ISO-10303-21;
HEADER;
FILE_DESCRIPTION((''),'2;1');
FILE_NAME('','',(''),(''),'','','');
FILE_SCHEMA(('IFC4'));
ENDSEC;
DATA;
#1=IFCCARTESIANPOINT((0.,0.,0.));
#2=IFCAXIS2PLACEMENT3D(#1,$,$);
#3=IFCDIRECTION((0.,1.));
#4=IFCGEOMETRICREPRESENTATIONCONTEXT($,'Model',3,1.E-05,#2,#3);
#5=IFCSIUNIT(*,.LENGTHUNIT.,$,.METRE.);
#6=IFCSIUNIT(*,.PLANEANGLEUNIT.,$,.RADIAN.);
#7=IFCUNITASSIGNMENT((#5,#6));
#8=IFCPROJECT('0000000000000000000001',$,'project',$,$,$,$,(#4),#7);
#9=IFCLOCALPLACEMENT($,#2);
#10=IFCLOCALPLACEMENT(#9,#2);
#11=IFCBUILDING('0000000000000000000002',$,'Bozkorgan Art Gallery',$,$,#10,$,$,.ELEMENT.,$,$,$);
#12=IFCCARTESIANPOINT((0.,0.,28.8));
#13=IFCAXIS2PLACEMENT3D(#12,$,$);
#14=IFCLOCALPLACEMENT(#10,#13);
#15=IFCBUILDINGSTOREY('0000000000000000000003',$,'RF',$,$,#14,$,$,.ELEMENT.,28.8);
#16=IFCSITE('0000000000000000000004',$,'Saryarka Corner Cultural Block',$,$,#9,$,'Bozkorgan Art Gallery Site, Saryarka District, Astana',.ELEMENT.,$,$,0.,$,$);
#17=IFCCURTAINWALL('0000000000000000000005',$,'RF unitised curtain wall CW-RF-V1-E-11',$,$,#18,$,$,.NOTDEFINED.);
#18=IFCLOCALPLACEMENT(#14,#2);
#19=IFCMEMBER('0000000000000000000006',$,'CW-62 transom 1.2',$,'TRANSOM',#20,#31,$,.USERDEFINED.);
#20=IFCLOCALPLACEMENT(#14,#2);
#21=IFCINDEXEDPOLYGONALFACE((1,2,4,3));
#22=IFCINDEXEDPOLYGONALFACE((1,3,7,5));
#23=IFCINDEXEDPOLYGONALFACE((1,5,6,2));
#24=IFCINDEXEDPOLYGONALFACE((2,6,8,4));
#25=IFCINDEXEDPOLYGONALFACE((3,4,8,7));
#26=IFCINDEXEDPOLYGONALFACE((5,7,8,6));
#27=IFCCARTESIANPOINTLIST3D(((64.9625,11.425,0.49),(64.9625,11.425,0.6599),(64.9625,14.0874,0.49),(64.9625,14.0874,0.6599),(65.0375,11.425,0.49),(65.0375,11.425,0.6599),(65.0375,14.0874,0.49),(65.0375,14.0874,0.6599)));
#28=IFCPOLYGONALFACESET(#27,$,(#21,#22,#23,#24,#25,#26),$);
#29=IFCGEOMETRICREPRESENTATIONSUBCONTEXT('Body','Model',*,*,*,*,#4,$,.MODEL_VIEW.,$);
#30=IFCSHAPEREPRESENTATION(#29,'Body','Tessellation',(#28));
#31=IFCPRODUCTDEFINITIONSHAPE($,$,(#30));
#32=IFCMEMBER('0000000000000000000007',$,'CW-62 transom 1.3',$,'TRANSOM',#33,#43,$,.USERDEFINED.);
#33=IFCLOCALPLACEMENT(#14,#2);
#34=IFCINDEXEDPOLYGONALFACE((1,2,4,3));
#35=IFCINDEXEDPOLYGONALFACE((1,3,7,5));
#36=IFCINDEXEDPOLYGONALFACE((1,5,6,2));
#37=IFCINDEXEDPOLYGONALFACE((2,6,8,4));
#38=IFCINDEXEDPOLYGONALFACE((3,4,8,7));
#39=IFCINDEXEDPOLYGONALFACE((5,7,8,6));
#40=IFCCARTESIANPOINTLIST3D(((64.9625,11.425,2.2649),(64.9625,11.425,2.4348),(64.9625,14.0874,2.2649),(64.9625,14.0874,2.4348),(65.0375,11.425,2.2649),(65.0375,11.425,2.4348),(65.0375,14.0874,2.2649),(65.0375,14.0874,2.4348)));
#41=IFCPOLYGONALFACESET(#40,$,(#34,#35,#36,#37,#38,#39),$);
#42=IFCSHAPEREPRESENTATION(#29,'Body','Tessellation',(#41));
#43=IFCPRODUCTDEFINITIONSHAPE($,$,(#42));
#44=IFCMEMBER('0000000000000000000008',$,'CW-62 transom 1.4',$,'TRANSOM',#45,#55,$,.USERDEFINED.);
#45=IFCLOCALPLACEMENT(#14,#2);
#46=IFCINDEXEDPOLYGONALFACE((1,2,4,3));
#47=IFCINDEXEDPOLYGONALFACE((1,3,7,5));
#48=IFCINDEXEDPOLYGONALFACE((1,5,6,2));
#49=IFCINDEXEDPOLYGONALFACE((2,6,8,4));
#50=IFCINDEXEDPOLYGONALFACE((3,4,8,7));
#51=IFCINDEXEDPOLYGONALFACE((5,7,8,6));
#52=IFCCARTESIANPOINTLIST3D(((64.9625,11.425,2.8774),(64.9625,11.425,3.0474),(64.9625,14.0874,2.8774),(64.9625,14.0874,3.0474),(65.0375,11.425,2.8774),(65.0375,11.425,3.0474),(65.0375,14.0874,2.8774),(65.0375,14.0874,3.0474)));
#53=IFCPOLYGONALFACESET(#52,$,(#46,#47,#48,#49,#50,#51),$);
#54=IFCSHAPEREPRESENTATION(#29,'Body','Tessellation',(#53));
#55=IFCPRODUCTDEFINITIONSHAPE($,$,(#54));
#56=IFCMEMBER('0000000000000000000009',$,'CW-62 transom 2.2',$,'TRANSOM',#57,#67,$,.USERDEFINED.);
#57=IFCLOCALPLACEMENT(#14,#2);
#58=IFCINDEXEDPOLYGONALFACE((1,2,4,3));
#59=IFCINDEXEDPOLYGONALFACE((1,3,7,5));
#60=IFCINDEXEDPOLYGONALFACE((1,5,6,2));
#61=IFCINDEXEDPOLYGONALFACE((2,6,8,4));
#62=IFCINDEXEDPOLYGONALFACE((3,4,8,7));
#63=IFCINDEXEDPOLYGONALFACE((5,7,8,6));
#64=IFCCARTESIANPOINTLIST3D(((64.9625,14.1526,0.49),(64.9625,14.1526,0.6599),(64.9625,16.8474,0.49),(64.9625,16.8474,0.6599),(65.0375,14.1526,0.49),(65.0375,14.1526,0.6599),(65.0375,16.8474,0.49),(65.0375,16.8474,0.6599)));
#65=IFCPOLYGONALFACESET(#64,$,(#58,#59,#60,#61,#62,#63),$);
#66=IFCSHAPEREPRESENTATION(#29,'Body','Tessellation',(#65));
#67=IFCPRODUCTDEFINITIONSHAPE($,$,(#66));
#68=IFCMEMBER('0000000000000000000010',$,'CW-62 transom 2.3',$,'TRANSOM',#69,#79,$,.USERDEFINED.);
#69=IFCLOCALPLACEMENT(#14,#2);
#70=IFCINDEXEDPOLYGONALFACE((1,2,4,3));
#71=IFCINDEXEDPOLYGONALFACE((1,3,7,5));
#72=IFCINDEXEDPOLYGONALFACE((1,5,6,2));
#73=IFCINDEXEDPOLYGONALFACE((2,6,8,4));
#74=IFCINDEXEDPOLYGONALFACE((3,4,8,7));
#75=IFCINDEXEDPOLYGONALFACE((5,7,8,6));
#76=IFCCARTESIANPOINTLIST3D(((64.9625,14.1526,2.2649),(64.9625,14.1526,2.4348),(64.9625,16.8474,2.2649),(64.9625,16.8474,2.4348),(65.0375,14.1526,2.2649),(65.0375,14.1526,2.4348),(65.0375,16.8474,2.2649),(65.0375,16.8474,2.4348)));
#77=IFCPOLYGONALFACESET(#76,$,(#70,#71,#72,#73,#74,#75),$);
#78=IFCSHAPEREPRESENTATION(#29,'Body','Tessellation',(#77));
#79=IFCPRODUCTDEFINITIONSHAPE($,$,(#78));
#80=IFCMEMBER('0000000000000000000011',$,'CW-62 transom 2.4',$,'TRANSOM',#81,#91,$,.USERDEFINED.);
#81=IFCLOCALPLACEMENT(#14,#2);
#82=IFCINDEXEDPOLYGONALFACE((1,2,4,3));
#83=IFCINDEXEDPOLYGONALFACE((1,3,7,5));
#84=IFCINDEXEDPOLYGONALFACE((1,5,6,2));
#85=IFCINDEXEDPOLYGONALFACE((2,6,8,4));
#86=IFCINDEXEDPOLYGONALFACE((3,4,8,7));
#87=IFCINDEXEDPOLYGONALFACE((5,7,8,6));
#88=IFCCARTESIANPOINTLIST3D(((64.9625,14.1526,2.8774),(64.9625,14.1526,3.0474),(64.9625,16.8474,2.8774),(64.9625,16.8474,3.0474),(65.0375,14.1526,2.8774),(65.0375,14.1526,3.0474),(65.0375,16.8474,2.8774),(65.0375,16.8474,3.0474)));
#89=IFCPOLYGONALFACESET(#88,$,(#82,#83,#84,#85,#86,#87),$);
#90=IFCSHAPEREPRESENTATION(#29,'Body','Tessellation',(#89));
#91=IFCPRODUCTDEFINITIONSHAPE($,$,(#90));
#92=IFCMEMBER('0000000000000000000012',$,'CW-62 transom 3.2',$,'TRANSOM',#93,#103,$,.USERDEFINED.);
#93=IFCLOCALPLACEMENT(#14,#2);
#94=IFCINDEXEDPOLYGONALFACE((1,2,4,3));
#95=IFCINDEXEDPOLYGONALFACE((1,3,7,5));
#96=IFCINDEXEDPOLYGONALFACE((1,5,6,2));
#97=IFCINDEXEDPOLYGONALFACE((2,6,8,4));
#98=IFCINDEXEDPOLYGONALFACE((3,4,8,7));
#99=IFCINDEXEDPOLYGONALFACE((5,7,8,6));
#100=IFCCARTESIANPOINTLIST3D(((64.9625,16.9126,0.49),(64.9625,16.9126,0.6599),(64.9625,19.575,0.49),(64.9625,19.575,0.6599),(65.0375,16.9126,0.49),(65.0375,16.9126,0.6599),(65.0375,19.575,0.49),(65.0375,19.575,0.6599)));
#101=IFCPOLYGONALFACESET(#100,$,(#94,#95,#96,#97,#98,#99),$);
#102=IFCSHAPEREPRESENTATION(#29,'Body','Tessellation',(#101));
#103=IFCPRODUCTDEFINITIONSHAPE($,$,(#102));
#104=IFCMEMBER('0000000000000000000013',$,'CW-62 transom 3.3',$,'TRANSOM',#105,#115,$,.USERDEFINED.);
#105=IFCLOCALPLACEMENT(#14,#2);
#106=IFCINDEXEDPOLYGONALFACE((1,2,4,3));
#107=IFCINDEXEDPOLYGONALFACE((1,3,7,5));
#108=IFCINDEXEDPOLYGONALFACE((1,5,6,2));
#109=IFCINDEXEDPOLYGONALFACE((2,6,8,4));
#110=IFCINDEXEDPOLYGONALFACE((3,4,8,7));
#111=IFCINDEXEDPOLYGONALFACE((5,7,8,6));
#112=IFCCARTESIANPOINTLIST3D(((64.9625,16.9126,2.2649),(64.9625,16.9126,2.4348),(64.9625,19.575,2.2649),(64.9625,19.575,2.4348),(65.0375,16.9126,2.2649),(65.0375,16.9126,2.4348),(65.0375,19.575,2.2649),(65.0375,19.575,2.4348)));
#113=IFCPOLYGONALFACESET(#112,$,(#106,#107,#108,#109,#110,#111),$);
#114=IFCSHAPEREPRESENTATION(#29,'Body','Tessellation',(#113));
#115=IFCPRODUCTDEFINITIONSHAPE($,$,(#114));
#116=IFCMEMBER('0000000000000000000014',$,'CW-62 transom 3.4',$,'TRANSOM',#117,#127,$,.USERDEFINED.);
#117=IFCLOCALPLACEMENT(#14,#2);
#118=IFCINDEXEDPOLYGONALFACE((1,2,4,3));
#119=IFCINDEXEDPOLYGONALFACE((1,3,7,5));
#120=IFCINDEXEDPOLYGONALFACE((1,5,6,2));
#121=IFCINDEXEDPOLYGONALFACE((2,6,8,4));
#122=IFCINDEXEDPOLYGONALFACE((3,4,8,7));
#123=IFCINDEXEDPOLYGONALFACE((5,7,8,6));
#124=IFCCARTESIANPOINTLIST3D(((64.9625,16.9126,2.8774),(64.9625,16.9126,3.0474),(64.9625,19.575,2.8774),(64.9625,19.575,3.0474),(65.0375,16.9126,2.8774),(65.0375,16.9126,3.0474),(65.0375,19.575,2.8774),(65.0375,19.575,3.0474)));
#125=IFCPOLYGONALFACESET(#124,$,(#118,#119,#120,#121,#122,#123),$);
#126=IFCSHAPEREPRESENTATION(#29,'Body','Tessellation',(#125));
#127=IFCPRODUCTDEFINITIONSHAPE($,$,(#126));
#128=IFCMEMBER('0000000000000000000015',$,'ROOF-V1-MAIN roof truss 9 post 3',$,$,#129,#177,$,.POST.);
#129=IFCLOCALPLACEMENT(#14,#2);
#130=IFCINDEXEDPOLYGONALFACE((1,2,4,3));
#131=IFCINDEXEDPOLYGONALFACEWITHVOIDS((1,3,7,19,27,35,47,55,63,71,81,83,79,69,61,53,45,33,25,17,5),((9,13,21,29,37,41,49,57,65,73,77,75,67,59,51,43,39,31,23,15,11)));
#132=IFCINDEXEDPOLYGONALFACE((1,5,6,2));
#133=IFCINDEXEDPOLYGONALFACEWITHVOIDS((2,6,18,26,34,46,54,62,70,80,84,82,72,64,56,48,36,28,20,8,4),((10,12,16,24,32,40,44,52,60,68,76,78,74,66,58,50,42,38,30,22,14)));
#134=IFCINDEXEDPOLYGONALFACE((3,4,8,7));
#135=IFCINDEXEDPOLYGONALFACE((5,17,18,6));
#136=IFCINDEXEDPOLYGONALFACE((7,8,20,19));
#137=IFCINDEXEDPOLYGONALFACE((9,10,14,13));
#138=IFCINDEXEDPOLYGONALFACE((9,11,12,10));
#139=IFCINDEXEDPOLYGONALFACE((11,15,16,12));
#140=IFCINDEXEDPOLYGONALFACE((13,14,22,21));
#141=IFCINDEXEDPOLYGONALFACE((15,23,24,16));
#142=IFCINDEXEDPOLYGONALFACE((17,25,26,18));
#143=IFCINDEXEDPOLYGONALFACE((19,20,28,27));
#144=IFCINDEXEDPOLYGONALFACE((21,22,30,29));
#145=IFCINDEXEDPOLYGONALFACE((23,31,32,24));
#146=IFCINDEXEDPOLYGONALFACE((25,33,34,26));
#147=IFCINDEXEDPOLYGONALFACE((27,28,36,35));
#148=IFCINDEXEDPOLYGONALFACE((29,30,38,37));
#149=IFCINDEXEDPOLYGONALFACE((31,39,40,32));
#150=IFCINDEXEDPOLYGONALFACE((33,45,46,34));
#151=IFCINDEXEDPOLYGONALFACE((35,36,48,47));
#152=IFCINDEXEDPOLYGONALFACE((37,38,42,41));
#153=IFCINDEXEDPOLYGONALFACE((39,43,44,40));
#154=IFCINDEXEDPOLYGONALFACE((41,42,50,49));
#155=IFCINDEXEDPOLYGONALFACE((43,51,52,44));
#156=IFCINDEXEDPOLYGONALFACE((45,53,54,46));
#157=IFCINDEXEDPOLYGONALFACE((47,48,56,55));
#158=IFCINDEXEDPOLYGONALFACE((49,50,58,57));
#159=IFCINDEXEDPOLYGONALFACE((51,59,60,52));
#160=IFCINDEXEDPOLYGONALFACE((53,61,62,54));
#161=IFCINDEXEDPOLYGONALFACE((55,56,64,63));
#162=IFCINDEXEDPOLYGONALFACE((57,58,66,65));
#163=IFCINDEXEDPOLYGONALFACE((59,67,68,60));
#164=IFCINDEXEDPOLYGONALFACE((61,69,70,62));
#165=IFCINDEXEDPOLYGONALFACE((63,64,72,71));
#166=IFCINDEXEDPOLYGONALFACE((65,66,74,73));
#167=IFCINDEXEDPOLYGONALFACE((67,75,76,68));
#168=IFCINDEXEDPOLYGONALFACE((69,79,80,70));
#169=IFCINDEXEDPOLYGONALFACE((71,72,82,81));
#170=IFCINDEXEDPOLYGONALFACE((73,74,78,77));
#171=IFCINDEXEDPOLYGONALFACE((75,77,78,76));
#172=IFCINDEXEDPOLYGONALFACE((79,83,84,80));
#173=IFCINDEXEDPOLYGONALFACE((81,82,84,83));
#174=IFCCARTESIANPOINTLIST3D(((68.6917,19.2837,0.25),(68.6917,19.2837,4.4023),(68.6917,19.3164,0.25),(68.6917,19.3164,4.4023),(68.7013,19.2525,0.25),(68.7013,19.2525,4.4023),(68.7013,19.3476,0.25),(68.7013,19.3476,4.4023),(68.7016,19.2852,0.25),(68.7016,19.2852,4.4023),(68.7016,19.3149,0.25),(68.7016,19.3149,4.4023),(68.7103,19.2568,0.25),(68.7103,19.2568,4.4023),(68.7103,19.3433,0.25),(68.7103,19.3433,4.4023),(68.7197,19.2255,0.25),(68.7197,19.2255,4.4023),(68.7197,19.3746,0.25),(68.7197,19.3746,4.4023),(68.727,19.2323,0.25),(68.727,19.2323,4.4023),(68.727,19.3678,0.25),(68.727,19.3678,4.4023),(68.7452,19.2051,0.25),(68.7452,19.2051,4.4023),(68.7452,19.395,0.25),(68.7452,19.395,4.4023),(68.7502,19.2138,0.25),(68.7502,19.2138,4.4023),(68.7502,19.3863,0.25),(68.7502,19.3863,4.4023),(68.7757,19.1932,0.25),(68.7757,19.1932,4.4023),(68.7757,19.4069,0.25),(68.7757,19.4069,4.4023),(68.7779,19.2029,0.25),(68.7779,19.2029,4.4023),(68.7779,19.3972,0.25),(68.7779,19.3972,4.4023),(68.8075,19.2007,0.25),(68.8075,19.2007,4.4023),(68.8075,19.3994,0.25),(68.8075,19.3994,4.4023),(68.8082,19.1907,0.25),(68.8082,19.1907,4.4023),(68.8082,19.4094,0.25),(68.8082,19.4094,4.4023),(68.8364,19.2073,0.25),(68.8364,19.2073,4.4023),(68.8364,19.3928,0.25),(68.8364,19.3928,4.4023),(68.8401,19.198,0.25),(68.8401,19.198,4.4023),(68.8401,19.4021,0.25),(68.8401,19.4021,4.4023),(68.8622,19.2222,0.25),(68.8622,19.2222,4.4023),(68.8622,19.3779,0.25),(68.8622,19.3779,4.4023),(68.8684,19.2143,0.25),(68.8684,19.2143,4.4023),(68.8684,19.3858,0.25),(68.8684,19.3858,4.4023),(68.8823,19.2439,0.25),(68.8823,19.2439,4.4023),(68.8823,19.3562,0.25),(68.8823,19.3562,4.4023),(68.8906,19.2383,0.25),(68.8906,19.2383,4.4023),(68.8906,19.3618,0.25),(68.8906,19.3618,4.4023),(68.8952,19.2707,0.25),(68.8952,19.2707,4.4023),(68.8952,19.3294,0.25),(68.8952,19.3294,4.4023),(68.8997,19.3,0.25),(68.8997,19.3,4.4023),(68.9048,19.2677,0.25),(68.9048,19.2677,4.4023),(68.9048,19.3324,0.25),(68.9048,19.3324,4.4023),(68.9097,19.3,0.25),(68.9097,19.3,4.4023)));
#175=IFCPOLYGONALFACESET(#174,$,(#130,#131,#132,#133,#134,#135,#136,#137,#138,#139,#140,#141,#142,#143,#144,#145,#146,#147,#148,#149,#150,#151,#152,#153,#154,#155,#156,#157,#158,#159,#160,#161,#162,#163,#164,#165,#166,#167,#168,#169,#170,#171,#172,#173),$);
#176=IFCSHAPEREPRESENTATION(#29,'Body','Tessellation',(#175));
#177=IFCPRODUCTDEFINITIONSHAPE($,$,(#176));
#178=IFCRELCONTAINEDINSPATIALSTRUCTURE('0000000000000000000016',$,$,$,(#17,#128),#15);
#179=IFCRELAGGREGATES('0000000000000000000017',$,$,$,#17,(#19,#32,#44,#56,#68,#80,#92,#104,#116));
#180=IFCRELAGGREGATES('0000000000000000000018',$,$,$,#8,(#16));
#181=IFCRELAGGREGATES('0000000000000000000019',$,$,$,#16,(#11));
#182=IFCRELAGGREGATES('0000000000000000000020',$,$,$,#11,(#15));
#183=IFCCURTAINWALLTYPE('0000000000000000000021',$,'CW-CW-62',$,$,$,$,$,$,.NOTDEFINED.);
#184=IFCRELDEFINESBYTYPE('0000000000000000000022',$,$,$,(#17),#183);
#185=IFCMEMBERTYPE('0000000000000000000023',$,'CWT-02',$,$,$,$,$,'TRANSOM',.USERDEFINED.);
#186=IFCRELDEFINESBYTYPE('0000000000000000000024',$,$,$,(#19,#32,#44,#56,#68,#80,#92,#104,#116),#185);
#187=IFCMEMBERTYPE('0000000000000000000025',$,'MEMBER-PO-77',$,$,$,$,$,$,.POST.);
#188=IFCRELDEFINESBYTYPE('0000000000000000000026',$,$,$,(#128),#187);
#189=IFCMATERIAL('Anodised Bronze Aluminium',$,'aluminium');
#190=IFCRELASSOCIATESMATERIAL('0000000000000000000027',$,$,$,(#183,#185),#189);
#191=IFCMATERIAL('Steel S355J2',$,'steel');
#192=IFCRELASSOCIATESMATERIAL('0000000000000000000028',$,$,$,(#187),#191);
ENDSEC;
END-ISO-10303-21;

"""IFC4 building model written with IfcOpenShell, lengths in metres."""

from ifc_helpers import new_model, si_unit, direction, frame, origin, origin_2d, place, context, subcontext, project, spatial, rectangle, hollow_circle, extrude, material, material_profile, profile_set, type_object, element, aggregate, save


model = new_model("IFC4")

# Units and contexts
model_context = context("Model", 3, precision=1e-05, world=origin(), true_north=direction((0.0, 1.0)))
body_context = subcontext(model_context, "Body", "Model", "MODEL_VIEW")
ifc_project = project(units=[si_unit("LENGTHUNIT", "METRE"), si_unit("PLANEANGLEUNIT", "RADIAN")], contexts=[model_context])

# Site, building, storey
site_placement = place(None, origin())
site = spatial("IfcSite", under=ifc_project, at=site_placement, Name="Saryarka Corner Cultural Block", LongName="Bozkorgan Art Gallery Site, Saryarka District, Astana", CompositionType="ELEMENT", RefElevation=0.0)
building_placement = place(site_placement, origin())
building = spatial("IfcBuilding", under=site, at=building_placement, Name="Bozkorgan Art Gallery", CompositionType="ELEMENT")
storey_placement = place(building_placement, frame((0.0, 0.0, 28.8)))
storey = spatial("IfcBuildingStorey", under=building, at=storey_placement, Name="RF", CompositionType="ELEMENT", Elevation=28.8)

# Curtain wall, members
ifc_material_1 = material(Name="Anodised Bronze Aluminium", Category="aluminium")
curtain_wall_type = type_object("IfcCurtainWallType", Name="CW-CW-62", PredefinedType="NOTDEFINED", material=ifc_material_1)
curtain_wall_placement = place(storey_placement, origin())
curtain_wall = element("IfcCurtainWall", 1, at=curtain_wall_placement, inside=storey, type_object=curtain_wall_type, Name="RF unitised curtain wall CW-RF-V1-E-11", PredefinedType="NOTDEFINED")
ifc_material_profile_1 = material_profile(ifc_material_1, rectangle(XDim=0.075, YDim=0.1699, at=origin_2d()), Name="ALU TRANSOM 75x170")
ifc_profile_set_1 = profile_set([ifc_material_profile_1], Name="Anodised Bronze Aluminium")
member_type_1 = type_object("IfcMemberType", Name="CWT-02", ElementType="TRANSOM", PredefinedType="USERDEFINED", material=ifc_profile_set_1)
member_1_placement = place(storey_placement, frame((65.0, 11.425, 0.575), z_axis=(0.0, 1.0, 0.0), x_axis=(-1.0, 0.0, 0.0)))
member_1 = element("IfcMember", 2, at=member_1_placement, type_object=member_type_1, Name="CW-62 transom 1.2", ObjectType="TRANSOM", PredefinedType="USERDEFINED", context=body_context, shape_type="SweptSolid", body=[
    extrude(rectangle(XDim=0.075, YDim=0.1699, at=origin_2d()), origin(), (0.0, 0.0, 1.0), 2.6624),
])
member_2_placement = place(storey_placement, frame((65.0, 11.425, 2.3499), z_axis=(0.0, 1.0, 0.0), x_axis=(-1.0, 0.0, 0.0)))
member_2 = element("IfcMember", 3, at=member_2_placement, type_object=member_type_1, Name="CW-62 transom 1.3", ObjectType="TRANSOM", PredefinedType="USERDEFINED", context=body_context, shape_type="SweptSolid", body=[
    extrude(rectangle(XDim=0.075, YDim=0.1699, at=origin_2d()), origin(), (0.0, 0.0, 1.0), 2.6624),
])
member_3_placement = place(storey_placement, frame((65.0, 11.425, 2.9624), z_axis=(0.0, 1.0, 0.0), x_axis=(-1.0, 0.0, 0.0)))
member_3 = element("IfcMember", 4, at=member_3_placement, type_object=member_type_1, Name="CW-62 transom 1.4", ObjectType="TRANSOM", PredefinedType="USERDEFINED", context=body_context, shape_type="SweptSolid", body=[
    extrude(rectangle(XDim=0.075, YDim=0.1699, at=origin_2d()), origin(), (0.0, 0.0, 1.0), 2.6624),
])
member_4_placement = place(storey_placement, frame((65.0, 14.1526, 0.575), z_axis=(0.0, 1.0, 0.0), x_axis=(-1.0, 0.0, 0.0)))
member_4 = element("IfcMember", 5, at=member_4_placement, type_object=member_type_1, Name="CW-62 transom 2.2", ObjectType="TRANSOM", PredefinedType="USERDEFINED", context=body_context, shape_type="SweptSolid", body=[
    extrude(rectangle(XDim=0.075, YDim=0.1699, at=origin_2d()), origin(), (0.0, 0.0, 1.0), 2.6948),
])
member_5_placement = place(storey_placement, frame((65.0, 14.1526, 2.3499), z_axis=(0.0, 1.0, 0.0), x_axis=(-1.0, 0.0, 0.0)))
member_5 = element("IfcMember", 6, at=member_5_placement, type_object=member_type_1, Name="CW-62 transom 2.3", ObjectType="TRANSOM", PredefinedType="USERDEFINED", context=body_context, shape_type="SweptSolid", body=[
    extrude(rectangle(XDim=0.075, YDim=0.1699, at=origin_2d()), origin(), (0.0, 0.0, 1.0), 2.6948),
])
member_6_placement = place(storey_placement, frame((65.0, 14.1526, 2.9624), z_axis=(0.0, 1.0, 0.0), x_axis=(-1.0, 0.0, 0.0)))
member_6 = element("IfcMember", 7, at=member_6_placement, type_object=member_type_1, Name="CW-62 transom 2.4", ObjectType="TRANSOM", PredefinedType="USERDEFINED", context=body_context, shape_type="SweptSolid", body=[
    extrude(rectangle(XDim=0.075, YDim=0.1699, at=origin_2d()), origin(), (0.0, 0.0, 1.0), 2.6948),
])
member_7_placement = place(storey_placement, frame((65.0, 16.9126, 0.575), z_axis=(0.0, 1.0, 0.0), x_axis=(-1.0, 0.0, 0.0)))
member_7 = element("IfcMember", 8, at=member_7_placement, type_object=member_type_1, Name="CW-62 transom 3.2", ObjectType="TRANSOM", PredefinedType="USERDEFINED", context=body_context, shape_type="SweptSolid", body=[
    extrude(rectangle(XDim=0.075, YDim=0.1699, at=origin_2d()), origin(), (0.0, 0.0, 1.0), 2.6624),
])
member_8_placement = place(storey_placement, frame((65.0, 16.9126, 2.3499), z_axis=(0.0, 1.0, 0.0), x_axis=(-1.0, 0.0, 0.0)))
member_8 = element("IfcMember", 9, at=member_8_placement, type_object=member_type_1, Name="CW-62 transom 3.3", ObjectType="TRANSOM", PredefinedType="USERDEFINED", context=body_context, shape_type="SweptSolid", body=[
    extrude(rectangle(XDim=0.075, YDim=0.1699, at=origin_2d()), origin(), (0.0, 0.0, 1.0), 2.6624),
])
member_9_placement = place(storey_placement, frame((65.0, 16.9126, 2.9624), z_axis=(0.0, 1.0, 0.0), x_axis=(-1.0, 0.0, 0.0)))
member_9 = element("IfcMember", 10, at=member_9_placement, type_object=member_type_1, Name="CW-62 transom 3.4", ObjectType="TRANSOM", PredefinedType="USERDEFINED", context=body_context, shape_type="SweptSolid", body=[
    extrude(rectangle(XDim=0.075, YDim=0.1699, at=origin_2d()), origin(), (0.0, 0.0, 1.0), 2.6624),
])

# Member
ifc_material_2 = material(Name="Steel S355J2", Category="steel")
ifc_material_profile_2 = material_profile(ifc_material_2, hollow_circle(Radius=0.1096, WallThickness=0.01, at=origin_2d()), Name="CHS 219.1x10")
ifc_profile_set_2 = profile_set([ifc_material_profile_2], Name="Steel S355J2")
member_type_2 = type_object("IfcMemberType", Name="MEMBER-PO-77", PredefinedType="POST", material=ifc_profile_set_2)
member_10_placement = place(storey_placement, frame((68.8, 19.3, 0.25), z_axis=(0.0, 0.0, 1.0), x_axis=(1.0, 0.0, 0.0)))
element("IfcMember", 11, at=member_10_placement, inside=storey, type_object=member_type_2, Name="ROOF-V1-MAIN roof truss 9 post 3", PredefinedType="POST", context=body_context, shape_type="SweptSolid", body=[
    extrude(hollow_circle(Radius=0.1096, WallThickness=0.01, at=origin_2d()), origin(), (0.0, 0.0, 1.0), 4.1523),
])

aggregate(curtain_wall, [member_1, member_2, member_3, member_4, member_5, member_6, member_7, member_8, member_9])

save(model, "model.ifc")
